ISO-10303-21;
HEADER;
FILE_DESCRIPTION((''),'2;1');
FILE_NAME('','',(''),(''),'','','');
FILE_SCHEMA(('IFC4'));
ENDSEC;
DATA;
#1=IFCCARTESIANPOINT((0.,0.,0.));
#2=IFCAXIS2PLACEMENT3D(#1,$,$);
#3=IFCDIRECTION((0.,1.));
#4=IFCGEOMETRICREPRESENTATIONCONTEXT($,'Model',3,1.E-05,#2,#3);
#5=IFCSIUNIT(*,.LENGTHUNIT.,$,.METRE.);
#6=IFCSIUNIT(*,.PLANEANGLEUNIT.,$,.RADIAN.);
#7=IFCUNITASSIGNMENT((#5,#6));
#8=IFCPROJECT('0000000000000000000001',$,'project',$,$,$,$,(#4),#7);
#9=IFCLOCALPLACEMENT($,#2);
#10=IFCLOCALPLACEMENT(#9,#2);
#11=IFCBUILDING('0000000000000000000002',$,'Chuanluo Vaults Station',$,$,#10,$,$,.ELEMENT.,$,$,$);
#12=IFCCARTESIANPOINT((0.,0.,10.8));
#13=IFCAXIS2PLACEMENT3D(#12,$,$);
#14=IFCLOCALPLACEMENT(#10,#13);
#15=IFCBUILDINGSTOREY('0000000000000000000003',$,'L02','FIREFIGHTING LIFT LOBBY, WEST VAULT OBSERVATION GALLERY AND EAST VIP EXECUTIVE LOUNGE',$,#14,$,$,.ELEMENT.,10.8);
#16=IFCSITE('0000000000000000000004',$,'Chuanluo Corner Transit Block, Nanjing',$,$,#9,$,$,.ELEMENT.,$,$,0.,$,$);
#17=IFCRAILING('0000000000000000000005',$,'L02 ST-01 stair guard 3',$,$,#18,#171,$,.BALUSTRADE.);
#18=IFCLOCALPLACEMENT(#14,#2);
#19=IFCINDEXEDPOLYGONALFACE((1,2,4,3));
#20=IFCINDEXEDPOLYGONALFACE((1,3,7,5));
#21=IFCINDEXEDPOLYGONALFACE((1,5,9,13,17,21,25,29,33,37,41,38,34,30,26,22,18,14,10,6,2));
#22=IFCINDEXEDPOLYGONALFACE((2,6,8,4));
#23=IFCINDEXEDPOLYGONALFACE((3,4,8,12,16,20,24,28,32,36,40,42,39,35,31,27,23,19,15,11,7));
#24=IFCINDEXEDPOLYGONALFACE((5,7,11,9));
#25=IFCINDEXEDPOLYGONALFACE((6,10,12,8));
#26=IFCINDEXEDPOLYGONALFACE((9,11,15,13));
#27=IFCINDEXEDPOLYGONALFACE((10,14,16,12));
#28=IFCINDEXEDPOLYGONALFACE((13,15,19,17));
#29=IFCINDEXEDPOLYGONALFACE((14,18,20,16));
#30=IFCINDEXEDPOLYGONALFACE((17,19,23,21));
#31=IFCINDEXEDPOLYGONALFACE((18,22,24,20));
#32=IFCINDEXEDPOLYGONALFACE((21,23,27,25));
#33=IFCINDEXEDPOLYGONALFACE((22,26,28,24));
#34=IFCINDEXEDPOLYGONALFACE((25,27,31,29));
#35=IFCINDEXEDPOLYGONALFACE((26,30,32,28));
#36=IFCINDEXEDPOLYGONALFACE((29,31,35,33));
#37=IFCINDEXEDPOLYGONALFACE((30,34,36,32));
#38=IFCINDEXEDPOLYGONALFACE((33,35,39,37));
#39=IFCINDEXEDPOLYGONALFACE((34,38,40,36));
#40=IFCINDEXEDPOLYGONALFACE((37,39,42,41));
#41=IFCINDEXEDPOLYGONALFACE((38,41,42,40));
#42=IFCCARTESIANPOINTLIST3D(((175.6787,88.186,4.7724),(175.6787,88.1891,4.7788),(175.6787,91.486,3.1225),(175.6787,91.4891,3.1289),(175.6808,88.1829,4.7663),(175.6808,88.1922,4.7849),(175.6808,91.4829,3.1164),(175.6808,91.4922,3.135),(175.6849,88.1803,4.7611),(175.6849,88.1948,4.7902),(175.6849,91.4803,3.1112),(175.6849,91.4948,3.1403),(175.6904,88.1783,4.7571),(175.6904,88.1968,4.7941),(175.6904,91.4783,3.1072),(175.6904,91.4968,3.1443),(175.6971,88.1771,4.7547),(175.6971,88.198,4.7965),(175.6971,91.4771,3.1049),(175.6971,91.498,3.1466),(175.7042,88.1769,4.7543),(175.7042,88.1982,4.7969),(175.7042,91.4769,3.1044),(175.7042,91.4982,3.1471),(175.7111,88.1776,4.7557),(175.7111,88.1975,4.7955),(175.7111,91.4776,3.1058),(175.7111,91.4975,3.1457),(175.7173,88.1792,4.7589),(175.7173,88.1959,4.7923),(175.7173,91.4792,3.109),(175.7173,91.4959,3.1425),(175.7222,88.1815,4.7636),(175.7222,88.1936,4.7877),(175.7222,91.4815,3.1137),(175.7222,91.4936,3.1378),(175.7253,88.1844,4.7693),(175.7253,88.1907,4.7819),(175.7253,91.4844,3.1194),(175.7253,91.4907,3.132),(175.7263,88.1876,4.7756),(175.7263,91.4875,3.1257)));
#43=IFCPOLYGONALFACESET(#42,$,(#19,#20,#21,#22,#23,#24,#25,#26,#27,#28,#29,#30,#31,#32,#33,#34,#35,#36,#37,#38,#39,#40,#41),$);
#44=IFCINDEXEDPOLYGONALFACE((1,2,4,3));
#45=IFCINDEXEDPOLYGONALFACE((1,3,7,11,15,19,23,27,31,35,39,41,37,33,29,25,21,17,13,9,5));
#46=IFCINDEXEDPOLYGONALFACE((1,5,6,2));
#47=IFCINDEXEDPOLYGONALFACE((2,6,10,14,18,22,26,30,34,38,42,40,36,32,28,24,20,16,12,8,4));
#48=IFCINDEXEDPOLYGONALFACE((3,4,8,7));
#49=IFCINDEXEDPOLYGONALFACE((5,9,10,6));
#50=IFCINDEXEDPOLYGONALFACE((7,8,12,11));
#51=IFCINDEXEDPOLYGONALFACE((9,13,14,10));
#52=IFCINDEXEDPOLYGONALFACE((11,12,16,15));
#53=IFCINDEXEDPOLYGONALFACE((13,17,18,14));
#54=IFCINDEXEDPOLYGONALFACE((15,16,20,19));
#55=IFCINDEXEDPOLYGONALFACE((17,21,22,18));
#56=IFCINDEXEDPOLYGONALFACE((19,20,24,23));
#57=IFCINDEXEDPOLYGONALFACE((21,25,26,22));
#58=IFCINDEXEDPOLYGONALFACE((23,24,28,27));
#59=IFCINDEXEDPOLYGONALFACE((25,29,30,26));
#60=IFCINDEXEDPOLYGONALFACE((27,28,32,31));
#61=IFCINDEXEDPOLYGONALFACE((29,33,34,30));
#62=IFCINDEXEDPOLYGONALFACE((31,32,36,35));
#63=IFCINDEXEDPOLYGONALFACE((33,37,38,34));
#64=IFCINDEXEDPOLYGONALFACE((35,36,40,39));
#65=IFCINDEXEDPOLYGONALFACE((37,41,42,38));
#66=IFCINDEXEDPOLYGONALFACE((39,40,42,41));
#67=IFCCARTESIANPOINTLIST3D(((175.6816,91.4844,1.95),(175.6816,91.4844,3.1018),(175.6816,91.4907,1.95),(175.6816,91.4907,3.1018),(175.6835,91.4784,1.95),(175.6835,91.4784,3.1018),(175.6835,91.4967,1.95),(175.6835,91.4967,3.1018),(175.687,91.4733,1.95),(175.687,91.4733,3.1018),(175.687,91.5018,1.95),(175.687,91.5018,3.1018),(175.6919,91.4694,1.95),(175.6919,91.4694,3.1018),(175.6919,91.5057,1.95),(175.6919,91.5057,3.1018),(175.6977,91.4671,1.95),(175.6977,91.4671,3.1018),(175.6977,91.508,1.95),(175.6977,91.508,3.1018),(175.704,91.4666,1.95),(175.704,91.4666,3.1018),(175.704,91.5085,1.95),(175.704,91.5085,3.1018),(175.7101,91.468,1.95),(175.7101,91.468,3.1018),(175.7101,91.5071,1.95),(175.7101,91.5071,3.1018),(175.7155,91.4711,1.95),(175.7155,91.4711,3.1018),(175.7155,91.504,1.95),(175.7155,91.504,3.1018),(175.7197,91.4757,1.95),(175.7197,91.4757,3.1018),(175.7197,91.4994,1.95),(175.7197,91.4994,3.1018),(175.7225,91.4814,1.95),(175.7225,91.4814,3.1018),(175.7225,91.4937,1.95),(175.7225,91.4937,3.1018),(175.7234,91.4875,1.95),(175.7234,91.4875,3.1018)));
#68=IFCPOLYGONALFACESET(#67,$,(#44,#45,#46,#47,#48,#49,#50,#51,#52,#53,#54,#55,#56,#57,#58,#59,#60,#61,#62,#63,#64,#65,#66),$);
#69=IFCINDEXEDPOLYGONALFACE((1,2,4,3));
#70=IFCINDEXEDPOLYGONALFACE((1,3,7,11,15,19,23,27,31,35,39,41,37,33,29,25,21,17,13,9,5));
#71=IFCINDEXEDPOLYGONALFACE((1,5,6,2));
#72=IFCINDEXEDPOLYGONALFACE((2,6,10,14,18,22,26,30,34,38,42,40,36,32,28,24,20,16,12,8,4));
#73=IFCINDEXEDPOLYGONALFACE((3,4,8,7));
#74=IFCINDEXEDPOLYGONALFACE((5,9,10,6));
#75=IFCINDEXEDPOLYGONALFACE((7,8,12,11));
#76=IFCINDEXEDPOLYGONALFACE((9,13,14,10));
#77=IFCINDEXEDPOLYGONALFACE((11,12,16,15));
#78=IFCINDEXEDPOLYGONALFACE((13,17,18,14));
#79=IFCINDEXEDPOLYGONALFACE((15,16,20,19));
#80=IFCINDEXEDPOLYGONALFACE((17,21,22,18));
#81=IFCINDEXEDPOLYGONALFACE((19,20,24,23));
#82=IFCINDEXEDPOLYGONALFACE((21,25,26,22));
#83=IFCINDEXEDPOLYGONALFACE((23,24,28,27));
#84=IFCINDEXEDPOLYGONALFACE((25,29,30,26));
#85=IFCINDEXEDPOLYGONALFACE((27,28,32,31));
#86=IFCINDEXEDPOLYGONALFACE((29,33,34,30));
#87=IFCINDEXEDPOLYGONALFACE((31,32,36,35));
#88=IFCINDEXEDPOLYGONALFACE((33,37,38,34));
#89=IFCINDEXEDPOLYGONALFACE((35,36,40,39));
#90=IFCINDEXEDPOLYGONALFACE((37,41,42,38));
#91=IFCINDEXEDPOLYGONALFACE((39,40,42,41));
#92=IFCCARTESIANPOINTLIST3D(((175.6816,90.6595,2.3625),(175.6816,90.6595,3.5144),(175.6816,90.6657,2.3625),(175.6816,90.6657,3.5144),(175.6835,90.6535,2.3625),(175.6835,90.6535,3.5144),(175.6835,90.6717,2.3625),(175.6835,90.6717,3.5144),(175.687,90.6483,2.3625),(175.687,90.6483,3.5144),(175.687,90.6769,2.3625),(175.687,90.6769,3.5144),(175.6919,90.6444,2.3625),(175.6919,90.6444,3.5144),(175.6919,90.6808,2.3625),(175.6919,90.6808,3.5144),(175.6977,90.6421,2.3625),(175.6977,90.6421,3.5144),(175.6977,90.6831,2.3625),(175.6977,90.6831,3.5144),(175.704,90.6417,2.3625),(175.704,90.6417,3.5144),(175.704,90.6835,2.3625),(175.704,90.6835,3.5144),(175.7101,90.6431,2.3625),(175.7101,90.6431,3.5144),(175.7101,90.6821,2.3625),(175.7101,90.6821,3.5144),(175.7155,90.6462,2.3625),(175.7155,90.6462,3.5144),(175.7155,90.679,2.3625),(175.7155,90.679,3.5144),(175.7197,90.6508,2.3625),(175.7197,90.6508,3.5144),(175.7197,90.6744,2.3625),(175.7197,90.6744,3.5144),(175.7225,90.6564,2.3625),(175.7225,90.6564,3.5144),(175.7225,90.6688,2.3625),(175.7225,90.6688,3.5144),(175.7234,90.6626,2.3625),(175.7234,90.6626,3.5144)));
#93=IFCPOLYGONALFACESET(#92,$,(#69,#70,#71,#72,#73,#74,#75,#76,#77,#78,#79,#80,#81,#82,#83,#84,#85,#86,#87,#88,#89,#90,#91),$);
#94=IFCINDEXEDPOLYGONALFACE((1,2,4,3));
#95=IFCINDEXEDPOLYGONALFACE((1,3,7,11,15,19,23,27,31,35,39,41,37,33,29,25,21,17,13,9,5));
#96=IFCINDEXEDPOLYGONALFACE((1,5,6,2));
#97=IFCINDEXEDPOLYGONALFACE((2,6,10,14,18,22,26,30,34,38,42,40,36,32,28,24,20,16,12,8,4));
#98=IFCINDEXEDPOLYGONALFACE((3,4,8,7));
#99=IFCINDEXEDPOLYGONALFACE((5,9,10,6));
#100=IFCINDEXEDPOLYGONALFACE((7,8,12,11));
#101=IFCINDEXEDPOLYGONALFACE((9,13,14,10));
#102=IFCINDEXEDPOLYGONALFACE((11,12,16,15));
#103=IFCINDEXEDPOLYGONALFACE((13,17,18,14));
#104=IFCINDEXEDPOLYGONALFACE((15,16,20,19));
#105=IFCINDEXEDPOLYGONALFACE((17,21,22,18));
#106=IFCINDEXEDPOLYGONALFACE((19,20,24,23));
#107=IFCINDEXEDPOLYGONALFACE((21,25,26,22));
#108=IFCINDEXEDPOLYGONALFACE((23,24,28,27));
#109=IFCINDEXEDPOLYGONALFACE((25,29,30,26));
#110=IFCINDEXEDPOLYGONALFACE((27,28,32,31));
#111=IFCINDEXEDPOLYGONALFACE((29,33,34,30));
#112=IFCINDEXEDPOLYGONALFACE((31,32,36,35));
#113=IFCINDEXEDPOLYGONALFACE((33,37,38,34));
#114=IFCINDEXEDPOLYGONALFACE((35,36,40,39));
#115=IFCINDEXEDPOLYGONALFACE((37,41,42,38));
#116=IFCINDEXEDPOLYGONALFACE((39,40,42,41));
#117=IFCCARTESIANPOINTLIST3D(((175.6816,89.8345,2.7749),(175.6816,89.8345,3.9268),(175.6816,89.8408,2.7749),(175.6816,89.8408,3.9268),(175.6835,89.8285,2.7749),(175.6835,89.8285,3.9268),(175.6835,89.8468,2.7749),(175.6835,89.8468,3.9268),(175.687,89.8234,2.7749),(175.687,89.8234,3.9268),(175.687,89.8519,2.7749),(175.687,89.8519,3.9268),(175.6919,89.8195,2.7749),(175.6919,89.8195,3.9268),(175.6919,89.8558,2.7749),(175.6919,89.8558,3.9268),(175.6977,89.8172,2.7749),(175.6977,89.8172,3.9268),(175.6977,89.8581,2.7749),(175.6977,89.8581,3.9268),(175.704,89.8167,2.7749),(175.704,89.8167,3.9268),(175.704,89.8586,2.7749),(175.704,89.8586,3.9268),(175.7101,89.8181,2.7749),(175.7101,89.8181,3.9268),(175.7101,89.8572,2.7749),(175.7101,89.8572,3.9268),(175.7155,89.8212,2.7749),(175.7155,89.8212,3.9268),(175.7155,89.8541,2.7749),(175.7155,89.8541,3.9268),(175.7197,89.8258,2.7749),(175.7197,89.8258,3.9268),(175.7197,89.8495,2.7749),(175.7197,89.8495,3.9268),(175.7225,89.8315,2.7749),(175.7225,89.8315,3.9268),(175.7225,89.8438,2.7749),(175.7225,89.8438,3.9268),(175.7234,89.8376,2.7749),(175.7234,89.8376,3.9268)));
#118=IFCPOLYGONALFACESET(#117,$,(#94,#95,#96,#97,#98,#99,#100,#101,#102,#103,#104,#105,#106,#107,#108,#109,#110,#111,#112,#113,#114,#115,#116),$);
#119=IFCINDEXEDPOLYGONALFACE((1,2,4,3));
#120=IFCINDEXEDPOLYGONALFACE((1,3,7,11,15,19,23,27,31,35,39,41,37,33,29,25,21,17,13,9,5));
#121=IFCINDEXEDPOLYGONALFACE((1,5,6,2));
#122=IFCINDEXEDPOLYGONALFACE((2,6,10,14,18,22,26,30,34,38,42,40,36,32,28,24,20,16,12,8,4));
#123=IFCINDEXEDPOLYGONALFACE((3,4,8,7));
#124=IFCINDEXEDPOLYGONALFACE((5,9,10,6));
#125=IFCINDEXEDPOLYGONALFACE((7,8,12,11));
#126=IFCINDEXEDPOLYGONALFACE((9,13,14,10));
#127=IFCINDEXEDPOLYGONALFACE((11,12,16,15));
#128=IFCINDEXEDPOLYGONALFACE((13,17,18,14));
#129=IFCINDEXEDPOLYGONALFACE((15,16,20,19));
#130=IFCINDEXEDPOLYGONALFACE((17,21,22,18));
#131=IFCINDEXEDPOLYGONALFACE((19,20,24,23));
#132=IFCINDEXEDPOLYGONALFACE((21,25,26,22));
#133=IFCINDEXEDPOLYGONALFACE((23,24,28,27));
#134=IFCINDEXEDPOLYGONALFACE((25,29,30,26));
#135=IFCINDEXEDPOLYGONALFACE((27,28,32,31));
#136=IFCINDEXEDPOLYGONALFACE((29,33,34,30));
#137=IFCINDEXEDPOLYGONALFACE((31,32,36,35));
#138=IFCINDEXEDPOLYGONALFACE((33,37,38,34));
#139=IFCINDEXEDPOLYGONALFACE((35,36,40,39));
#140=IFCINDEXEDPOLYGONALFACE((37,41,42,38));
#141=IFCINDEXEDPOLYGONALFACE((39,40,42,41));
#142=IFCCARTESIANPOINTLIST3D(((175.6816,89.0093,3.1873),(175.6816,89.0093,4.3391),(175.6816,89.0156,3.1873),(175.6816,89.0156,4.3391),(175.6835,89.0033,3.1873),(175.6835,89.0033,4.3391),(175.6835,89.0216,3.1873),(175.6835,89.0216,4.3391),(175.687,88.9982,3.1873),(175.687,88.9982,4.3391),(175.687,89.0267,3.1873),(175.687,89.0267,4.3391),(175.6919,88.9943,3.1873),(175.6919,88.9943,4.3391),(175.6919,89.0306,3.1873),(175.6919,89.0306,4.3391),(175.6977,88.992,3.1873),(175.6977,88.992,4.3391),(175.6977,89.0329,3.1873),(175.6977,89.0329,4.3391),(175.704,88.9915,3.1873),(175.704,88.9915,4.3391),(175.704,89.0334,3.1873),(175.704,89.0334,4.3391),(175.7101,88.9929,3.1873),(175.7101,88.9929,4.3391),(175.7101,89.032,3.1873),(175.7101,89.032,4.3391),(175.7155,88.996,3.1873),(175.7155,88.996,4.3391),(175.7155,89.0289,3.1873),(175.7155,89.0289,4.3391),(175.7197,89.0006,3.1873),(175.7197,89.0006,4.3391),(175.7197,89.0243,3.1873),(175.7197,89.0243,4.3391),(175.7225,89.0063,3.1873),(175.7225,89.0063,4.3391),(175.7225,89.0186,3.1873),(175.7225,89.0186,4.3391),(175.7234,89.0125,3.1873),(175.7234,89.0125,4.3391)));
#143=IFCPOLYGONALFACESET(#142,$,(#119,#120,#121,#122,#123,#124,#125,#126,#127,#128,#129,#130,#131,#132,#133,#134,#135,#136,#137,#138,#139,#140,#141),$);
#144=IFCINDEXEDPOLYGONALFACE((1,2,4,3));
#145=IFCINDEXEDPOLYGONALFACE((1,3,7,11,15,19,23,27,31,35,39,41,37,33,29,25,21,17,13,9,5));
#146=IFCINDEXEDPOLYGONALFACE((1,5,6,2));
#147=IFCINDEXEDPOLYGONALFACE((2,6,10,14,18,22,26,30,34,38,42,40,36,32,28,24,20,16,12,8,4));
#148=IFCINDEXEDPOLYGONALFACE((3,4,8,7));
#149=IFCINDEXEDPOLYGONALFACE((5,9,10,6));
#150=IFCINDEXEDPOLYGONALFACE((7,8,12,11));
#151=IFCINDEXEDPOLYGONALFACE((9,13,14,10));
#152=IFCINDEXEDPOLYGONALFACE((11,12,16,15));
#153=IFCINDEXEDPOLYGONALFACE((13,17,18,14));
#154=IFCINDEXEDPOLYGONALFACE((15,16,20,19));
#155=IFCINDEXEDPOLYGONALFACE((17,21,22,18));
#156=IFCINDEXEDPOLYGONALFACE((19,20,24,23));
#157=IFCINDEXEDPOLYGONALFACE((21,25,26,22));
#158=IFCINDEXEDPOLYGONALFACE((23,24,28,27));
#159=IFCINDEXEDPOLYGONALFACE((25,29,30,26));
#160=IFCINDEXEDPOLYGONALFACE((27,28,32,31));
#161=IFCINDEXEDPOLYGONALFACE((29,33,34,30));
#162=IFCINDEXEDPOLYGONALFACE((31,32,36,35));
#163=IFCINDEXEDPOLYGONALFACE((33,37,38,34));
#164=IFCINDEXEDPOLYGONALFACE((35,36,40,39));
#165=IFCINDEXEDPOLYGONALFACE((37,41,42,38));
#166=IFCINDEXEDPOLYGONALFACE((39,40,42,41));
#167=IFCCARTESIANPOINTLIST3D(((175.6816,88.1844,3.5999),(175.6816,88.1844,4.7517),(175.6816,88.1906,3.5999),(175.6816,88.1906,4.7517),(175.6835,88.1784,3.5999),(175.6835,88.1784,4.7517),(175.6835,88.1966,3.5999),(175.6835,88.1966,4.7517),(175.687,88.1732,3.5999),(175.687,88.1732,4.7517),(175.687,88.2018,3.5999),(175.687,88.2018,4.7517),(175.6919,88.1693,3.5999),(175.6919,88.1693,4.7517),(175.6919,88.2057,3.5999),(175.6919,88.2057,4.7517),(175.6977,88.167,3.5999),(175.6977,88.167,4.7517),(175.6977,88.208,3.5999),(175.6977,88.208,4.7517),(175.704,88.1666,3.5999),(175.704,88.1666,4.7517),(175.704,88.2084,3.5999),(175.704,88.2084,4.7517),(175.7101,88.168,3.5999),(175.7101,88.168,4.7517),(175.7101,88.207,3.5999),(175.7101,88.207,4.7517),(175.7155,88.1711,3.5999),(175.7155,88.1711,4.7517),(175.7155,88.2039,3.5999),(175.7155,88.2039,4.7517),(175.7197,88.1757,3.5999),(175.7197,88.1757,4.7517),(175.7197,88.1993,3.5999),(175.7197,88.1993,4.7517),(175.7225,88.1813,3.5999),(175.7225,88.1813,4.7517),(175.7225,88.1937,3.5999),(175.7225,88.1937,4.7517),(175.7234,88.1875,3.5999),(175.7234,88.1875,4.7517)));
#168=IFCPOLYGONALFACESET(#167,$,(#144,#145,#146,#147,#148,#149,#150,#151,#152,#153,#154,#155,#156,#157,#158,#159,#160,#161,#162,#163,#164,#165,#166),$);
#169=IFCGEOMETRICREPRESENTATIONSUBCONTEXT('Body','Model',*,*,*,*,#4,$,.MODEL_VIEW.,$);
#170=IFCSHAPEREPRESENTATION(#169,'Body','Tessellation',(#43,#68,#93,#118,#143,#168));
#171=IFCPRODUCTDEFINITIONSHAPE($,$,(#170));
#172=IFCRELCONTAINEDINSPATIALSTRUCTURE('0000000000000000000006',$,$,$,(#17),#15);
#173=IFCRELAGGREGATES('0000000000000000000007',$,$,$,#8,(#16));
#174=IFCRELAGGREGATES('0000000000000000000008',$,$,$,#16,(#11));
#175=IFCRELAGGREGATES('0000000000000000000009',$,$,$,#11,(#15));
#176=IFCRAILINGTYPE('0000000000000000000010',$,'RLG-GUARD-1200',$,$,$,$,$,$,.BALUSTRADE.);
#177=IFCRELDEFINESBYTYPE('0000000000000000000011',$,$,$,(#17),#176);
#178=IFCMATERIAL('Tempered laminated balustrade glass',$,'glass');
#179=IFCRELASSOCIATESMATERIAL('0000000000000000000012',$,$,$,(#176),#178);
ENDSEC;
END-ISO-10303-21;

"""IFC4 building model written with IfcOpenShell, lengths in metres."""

from ifc_helpers import new_model, si_unit, direction, frame, origin, origin_2d, place, context, subcontext, project, spatial, circle, extrude, material, type_object, element, save


model = new_model("IFC4")

# Units and contexts
model_context = context("Model", 3, precision=1e-05, world=origin(), true_north=direction((0.0, 1.0)))
body_context = subcontext(model_context, "Body", "Model", "MODEL_VIEW")
ifc_project = project(units=[si_unit("LENGTHUNIT", "METRE"), si_unit("PLANEANGLEUNIT", "RADIAN")], contexts=[model_context])

# Site, building, storey
site_placement = place(None, origin())
site = spatial("IfcSite", under=ifc_project, at=site_placement, Name="Chuanluo Corner Transit Block, Nanjing", CompositionType="ELEMENT", RefElevation=0.0)
building_placement = place(site_placement, origin())
building = spatial("IfcBuilding", under=site, at=building_placement, Name="Chuanluo Vaults Station", CompositionType="ELEMENT")
storey_placement = place(building_placement, frame((0.0, 0.0, 10.8)))
storey = spatial("IfcBuildingStorey", under=building, at=storey_placement, Name="L02", Description="FIREFIGHTING LIFT LOBBY, WEST VAULT OBSERVATION GALLERY AND EAST VIP EXECUTIVE LOUNGE", CompositionType="ELEMENT", Elevation=10.8)

# Railing
ifc_material_1 = material(Name="Tempered laminated balustrade glass", Category="glass")
railing_type_1 = type_object("IfcRailingType", Name="RLG-GUARD-1200", PredefinedType="BALUSTRADE", material=ifc_material_1)
railing_1_placement = place(storey_placement, frame((175.7024, 91.4875, 1.95)))
element("IfcRailing", 1, at=railing_1_placement, inside=storey, type_object=railing_type_1, Name="L02 ST-01 stair guard 3", PredefinedType="BALUSTRADE", context=body_context, shape_type="SweptSolid", body=[
    extrude(circle(Radius=0.0239, at=origin_2d()), frame((0.0, 0.0, 1.1758), z_axis=(0.0, -0.89444, 0.447187), x_axis=(1.0, 0.0, 0.0)), (0.0, 0.0, 1.0), 3.6895),
    extrude(circle(Radius=0.021, at=origin_2d()), origin(), (0.0, 0.0, 1.0), 1.1519),
    extrude(circle(Radius=0.021, at=origin_2d()), frame((0.0, -0.825, 0.4126)), (0.0, 0.0, 1.0), 1.1519),
    extrude(circle(Radius=0.021, at=origin_2d()), frame((0.0, -1.6499, 0.825)), (0.0, 0.0, 1.0), 1.1519),
    extrude(circle(Radius=0.021, at=origin_2d()), frame((0.0, -2.4751, 1.2373)), (0.0, 0.0, 1.0), 1.1519),
    extrude(circle(Radius=0.021, at=origin_2d()), frame((0.0, -3.3, 1.6499)), (0.0, 0.0, 1.0), 1.1519),
])

save(model, "model.ifc")
